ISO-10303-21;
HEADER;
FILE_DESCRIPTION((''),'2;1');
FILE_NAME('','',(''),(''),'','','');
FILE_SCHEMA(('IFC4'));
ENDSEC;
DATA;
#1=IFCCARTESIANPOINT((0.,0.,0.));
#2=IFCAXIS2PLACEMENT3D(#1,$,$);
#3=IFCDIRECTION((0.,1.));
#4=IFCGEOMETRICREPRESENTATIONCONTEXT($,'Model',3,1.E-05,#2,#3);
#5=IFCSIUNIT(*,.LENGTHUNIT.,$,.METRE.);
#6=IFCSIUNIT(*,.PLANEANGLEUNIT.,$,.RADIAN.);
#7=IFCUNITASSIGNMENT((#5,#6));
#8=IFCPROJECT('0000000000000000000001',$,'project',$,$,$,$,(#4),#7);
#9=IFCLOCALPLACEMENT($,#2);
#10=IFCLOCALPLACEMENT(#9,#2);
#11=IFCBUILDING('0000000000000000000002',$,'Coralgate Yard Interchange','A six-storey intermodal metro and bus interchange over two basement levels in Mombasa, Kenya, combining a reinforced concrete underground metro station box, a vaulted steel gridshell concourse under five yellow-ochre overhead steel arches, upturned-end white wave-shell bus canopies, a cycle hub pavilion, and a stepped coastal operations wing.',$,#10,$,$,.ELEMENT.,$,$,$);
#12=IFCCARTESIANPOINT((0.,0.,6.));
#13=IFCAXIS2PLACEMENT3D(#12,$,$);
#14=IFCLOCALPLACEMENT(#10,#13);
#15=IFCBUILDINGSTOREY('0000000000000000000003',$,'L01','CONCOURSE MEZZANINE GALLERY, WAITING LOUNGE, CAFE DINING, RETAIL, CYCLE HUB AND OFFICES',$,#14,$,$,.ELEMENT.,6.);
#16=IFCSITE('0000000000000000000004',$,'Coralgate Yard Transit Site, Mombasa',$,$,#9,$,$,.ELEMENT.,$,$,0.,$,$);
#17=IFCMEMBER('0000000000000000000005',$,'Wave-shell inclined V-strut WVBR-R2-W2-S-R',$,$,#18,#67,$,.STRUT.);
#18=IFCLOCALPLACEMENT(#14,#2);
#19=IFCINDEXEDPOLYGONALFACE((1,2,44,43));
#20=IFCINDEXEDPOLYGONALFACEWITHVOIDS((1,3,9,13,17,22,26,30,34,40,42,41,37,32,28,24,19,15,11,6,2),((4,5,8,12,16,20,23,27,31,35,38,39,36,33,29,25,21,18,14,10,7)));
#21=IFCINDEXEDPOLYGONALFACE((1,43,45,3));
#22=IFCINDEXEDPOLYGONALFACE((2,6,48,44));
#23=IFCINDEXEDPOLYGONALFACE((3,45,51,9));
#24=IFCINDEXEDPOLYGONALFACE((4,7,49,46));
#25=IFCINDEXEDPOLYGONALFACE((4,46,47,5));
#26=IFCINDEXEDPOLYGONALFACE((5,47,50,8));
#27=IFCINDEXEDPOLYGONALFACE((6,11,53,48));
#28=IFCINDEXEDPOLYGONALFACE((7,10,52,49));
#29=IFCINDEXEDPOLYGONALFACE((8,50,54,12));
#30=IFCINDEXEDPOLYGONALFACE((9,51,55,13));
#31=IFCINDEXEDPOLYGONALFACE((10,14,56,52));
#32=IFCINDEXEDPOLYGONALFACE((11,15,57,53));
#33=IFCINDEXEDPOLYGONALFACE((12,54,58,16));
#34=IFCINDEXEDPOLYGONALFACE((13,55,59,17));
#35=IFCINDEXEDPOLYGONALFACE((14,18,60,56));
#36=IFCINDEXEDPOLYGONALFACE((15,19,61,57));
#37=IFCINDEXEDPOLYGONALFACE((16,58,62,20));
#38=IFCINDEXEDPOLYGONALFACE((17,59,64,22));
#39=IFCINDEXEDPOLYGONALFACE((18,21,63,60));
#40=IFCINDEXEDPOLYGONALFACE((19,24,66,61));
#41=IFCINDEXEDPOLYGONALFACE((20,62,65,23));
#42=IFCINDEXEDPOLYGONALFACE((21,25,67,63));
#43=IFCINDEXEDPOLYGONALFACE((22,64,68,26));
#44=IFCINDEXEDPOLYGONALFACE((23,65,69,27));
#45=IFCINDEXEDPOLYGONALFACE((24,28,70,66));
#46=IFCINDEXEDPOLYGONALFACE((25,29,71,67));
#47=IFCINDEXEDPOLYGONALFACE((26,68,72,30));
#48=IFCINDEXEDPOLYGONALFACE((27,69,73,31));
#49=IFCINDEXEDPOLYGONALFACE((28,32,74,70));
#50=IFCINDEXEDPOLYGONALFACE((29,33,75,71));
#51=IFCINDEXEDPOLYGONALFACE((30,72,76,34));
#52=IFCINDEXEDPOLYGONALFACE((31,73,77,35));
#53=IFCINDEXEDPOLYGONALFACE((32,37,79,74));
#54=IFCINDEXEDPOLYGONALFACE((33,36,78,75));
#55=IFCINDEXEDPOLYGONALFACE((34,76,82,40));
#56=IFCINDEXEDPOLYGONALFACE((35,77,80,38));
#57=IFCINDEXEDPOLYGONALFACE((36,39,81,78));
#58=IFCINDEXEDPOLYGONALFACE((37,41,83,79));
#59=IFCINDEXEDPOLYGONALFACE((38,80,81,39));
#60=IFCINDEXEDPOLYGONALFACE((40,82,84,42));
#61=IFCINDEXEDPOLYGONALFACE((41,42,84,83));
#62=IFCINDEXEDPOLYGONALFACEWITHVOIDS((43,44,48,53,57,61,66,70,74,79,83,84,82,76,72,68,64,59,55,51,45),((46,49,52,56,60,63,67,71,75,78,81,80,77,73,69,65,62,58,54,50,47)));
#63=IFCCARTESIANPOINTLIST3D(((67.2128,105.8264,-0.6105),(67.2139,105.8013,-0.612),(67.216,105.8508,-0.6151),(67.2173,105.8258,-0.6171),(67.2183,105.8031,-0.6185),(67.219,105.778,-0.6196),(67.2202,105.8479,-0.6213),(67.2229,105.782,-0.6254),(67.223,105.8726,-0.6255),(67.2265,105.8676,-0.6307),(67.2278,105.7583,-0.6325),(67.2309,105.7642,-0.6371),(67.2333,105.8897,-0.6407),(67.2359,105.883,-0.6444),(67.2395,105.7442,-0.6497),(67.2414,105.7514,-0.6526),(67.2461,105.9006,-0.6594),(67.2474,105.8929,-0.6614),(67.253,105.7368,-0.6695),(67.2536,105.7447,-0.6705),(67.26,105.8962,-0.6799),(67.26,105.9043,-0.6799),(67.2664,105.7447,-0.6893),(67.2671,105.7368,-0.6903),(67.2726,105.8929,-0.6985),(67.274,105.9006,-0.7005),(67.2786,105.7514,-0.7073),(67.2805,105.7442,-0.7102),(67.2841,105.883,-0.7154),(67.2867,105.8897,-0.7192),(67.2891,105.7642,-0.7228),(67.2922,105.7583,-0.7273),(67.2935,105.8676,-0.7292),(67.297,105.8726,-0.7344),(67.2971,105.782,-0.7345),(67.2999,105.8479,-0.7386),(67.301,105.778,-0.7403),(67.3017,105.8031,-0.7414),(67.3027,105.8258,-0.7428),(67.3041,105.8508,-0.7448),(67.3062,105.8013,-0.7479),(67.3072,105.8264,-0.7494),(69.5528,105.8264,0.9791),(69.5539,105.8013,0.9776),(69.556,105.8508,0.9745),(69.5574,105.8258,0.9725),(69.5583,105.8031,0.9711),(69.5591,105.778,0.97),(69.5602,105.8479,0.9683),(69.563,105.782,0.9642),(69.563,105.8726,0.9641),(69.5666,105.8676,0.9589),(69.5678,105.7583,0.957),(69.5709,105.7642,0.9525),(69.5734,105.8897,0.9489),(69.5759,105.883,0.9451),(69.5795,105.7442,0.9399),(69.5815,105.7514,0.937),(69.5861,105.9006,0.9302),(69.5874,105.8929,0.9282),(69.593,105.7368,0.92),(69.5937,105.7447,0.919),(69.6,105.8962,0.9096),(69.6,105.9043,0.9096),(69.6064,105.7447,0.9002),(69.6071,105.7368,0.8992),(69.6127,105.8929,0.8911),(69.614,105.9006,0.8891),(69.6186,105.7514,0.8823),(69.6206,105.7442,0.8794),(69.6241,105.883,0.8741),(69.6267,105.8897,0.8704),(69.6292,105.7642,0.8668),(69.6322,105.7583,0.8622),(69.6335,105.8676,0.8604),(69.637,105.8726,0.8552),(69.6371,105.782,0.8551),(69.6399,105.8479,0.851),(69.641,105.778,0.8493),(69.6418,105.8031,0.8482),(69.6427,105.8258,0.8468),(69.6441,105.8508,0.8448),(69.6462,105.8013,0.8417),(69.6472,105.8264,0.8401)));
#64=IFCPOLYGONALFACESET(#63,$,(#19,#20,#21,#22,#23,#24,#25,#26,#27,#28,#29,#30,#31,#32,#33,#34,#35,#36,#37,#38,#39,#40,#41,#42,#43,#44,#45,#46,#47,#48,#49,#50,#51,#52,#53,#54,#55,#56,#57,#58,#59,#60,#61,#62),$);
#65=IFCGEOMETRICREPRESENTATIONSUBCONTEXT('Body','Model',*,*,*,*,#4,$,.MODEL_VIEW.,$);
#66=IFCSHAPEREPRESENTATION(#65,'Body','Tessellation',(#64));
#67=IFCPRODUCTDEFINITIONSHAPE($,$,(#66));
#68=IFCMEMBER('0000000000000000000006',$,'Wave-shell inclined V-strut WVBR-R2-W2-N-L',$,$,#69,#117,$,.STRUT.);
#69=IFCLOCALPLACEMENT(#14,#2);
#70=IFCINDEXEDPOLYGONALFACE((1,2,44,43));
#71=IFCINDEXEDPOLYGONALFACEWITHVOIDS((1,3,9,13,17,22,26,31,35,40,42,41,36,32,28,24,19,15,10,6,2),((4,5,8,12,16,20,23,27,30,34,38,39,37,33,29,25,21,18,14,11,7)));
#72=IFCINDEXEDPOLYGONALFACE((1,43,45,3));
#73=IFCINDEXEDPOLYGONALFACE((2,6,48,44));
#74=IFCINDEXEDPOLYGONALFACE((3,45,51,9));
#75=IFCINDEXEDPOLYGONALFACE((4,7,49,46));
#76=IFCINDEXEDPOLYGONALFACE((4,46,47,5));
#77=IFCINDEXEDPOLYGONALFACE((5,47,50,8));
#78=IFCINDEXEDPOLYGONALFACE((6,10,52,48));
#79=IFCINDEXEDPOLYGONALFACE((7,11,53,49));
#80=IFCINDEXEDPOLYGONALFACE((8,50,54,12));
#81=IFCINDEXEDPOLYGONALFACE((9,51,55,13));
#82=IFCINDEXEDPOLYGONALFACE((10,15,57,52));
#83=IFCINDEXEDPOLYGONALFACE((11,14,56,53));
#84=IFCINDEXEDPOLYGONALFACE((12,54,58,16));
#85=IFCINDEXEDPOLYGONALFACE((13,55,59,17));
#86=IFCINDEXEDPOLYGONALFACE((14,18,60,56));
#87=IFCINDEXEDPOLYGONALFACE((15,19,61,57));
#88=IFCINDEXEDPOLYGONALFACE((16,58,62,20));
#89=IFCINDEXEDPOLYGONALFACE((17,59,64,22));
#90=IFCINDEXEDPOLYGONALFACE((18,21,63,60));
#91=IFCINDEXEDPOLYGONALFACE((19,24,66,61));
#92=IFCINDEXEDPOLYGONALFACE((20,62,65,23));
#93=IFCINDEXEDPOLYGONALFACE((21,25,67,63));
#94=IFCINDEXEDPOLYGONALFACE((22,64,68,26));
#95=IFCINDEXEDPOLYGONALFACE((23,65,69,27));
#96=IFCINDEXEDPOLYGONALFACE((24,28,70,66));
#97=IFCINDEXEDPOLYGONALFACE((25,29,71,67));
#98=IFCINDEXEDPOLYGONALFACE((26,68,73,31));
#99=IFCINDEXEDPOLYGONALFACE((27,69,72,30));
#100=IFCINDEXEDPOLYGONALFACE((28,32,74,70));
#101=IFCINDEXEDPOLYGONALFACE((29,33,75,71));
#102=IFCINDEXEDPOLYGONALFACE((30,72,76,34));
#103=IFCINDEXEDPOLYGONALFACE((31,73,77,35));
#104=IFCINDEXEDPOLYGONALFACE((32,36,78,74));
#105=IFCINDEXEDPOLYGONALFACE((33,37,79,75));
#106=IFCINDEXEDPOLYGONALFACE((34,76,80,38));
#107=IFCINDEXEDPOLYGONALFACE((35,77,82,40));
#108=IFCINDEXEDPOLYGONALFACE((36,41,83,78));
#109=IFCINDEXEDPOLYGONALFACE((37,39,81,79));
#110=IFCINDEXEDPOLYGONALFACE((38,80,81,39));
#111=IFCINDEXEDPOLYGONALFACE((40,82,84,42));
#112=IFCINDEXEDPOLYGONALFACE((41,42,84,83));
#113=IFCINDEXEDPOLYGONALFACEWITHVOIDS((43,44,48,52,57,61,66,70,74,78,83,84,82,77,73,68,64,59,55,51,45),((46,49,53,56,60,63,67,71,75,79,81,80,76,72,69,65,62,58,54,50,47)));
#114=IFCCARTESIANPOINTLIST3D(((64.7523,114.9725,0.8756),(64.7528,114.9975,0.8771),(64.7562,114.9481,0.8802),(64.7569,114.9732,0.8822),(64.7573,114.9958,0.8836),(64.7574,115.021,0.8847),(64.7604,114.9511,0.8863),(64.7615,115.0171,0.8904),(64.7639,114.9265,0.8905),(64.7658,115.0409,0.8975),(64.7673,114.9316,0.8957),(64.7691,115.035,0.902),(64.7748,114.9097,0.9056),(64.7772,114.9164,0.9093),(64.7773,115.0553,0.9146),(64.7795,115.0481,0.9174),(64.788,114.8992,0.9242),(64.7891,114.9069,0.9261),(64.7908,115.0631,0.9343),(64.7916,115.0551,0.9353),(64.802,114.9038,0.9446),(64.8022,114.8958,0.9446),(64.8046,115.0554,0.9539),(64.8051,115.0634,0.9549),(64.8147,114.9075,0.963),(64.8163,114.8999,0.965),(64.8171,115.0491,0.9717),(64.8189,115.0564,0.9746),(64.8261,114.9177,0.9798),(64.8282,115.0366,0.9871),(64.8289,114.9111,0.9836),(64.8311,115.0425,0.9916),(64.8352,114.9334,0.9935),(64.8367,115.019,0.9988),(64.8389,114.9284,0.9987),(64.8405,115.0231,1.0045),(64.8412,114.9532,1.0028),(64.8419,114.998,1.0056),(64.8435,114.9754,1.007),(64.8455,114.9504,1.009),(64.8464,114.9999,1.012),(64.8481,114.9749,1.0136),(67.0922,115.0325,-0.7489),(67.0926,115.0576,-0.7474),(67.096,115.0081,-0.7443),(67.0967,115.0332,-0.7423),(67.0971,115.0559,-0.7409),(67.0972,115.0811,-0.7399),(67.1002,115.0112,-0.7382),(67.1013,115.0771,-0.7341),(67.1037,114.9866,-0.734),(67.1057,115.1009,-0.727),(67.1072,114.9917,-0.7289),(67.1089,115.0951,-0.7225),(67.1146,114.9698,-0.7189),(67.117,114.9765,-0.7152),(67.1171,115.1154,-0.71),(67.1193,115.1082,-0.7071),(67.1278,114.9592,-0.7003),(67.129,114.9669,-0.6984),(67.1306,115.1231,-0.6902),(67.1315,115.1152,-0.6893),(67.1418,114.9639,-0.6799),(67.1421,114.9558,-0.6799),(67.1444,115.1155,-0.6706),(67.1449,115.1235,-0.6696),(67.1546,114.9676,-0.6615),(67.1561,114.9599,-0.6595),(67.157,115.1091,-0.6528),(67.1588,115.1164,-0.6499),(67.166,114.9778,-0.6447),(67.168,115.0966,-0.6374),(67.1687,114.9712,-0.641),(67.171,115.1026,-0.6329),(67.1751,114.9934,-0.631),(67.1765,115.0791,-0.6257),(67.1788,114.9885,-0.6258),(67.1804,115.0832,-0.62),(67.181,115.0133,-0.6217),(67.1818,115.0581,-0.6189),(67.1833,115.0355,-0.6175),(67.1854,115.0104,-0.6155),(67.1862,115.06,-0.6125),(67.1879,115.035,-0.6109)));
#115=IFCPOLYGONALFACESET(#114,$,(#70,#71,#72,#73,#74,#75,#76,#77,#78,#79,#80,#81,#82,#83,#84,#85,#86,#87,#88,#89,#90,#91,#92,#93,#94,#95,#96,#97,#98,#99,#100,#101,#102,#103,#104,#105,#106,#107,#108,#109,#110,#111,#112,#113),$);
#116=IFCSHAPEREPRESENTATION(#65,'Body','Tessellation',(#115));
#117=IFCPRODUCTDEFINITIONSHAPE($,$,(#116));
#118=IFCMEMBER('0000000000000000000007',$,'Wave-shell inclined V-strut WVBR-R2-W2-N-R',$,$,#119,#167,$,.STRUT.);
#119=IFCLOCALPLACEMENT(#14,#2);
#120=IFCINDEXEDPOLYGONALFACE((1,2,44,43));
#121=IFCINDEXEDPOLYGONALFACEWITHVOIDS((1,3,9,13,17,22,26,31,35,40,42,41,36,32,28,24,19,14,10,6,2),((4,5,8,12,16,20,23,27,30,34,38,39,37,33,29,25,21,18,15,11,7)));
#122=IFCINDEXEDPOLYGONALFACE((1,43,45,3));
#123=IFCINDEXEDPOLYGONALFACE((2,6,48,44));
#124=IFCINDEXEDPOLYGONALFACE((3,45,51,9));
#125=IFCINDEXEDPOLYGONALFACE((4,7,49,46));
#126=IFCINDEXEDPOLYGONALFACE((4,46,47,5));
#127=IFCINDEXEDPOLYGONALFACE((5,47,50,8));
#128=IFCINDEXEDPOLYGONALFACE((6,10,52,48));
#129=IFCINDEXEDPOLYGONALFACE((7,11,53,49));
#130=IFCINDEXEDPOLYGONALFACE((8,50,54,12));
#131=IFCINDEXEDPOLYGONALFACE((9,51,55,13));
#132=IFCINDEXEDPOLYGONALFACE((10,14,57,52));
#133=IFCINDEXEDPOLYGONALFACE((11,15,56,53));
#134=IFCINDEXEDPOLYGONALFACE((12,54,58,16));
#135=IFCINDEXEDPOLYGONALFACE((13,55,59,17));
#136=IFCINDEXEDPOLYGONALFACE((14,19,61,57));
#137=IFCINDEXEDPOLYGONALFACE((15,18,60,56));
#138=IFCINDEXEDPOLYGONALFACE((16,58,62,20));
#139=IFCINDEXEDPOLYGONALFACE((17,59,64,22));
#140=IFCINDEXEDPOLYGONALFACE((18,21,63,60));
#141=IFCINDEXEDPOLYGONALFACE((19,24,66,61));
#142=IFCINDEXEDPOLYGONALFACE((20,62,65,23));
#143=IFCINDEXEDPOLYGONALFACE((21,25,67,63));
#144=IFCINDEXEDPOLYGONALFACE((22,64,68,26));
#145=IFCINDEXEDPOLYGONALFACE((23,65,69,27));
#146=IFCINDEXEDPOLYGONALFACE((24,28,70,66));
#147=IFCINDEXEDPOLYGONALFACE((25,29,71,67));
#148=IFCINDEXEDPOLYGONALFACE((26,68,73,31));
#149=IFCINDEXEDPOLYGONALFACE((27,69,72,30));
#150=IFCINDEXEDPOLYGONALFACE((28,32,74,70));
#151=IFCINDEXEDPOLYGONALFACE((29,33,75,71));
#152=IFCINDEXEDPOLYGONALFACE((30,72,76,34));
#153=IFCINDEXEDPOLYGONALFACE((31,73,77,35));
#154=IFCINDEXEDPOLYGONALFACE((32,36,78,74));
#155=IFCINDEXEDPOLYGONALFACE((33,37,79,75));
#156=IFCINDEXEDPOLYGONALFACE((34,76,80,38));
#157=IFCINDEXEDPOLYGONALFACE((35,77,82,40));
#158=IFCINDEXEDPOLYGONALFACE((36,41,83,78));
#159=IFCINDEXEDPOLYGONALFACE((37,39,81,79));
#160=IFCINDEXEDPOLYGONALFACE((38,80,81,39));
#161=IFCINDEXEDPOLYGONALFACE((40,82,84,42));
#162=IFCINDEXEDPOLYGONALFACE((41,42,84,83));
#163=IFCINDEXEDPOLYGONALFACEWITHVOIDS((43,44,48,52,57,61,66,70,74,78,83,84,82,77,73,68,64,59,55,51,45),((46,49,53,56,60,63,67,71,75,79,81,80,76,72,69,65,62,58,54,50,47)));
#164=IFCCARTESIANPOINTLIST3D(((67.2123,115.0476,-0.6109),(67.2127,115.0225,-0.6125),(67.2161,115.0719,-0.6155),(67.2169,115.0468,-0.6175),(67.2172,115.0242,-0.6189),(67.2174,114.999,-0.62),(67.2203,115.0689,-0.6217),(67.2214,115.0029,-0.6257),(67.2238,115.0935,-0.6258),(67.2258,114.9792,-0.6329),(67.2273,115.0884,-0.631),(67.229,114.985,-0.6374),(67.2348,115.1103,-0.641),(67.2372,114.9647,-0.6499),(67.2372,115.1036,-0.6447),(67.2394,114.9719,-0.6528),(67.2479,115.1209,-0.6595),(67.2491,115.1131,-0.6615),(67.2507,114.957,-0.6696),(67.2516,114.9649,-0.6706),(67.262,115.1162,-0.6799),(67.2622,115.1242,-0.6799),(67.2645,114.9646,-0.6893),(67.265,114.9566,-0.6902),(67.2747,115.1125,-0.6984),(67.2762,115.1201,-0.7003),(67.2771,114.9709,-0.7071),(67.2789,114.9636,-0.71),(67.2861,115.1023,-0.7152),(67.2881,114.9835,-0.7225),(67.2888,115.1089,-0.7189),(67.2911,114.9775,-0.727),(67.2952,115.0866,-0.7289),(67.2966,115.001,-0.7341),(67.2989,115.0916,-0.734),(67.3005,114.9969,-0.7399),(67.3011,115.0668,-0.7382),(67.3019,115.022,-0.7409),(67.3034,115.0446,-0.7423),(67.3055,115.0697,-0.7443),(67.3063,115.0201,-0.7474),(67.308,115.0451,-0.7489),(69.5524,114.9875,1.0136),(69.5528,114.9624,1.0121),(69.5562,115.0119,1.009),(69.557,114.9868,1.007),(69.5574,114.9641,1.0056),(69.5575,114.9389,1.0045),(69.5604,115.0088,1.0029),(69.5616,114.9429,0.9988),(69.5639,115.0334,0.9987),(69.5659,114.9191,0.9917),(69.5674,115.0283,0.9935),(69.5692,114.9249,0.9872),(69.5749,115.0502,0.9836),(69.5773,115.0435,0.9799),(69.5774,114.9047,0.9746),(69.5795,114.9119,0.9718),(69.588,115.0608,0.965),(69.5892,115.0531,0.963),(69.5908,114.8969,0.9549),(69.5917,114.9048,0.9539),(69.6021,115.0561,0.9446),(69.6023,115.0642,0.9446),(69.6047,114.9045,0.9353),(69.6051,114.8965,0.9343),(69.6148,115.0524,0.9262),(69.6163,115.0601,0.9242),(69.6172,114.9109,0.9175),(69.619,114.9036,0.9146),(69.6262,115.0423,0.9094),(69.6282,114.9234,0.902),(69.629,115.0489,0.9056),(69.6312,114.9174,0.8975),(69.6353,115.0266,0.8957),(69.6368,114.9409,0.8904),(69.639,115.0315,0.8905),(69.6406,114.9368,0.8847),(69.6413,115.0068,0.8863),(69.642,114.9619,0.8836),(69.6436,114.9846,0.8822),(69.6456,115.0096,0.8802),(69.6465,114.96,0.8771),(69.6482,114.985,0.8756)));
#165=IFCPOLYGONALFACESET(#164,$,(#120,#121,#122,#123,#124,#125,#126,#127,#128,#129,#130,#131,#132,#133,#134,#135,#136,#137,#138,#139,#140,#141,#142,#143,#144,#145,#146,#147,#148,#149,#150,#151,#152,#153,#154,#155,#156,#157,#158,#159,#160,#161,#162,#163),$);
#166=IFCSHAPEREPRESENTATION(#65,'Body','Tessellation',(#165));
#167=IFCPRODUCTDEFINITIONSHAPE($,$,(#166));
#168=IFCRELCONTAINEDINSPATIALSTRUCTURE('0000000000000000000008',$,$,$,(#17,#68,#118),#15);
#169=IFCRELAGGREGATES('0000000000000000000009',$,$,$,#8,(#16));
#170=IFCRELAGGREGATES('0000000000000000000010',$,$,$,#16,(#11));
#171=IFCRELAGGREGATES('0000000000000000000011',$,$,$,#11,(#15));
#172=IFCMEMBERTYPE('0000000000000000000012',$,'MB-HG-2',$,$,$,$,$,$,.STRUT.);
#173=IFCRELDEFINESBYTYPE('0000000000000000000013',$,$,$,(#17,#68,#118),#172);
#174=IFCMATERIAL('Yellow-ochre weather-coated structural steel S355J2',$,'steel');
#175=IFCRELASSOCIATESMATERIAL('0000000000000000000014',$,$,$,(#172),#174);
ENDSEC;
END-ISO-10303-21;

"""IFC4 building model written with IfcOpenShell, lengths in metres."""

from ifc_helpers import new_model, si_unit, direction, frame, origin, origin_2d, place, context, subcontext, project, spatial, hollow_circle, extrude, material, material_profile, profile_set, type_object, element, save


model = new_model("IFC4")

# Units and contexts
model_context = context("Model", 3, precision=1e-05, world=origin(), true_north=direction((0.0, 1.0)))
body_context = subcontext(model_context, "Body", "Model", "MODEL_VIEW")
ifc_project = project(units=[si_unit("LENGTHUNIT", "METRE"), si_unit("PLANEANGLEUNIT", "RADIAN")], contexts=[model_context])

# Site, building, storey
site_placement = place(None, origin())
site = spatial("IfcSite", under=ifc_project, at=site_placement, Name="Coralgate Yard Transit Site, Mombasa", CompositionType="ELEMENT", RefElevation=0.0)
building_placement = place(site_placement, origin())
building = spatial("IfcBuilding", under=site, at=building_placement, Name="Coralgate Yard Interchange", Description="A six-storey intermodal metro and bus interchange over two basement levels in Mombasa, Kenya, combining a reinforced concrete underground metro station box, a vaulted steel gridshell concourse under five yellow-ochre overhead steel arches, upturned-end white wave-shell bus canopies, a cycle hub pavilion, and a stepped coastal operations wing.", CompositionType="ELEMENT")
storey_placement = place(building_placement, frame((0.0, 0.0, 6.0)))
storey = spatial("IfcBuildingStorey", under=building, at=storey_placement, Name="L01", Description="CONCOURSE MEZZANINE GALLERY, WAITING LOUNGE, CAFE DINING, RETAIL, CYCLE HUB AND OFFICES", CompositionType="ELEMENT", Elevation=6.0)

# Members
ifc_material_1 = material(Name="Yellow-ochre weather-coated structural steel S355J2", Category="steel")
ifc_material_profile_1 = material_profile(ifc_material_1, hollow_circle(Radius=0.0842, WallThickness=0.0081, at=origin_2d()), Name="CHS 168.3x8")
ifc_profile_set_1 = profile_set([ifc_material_profile_1], Name="Yellow-ochre weather-coated structural steel S355J2")
member_type_1 = type_object("IfcMemberType", Name="MB-HG-2", PredefinedType="STRUT", material=ifc_profile_set_1)
member_1_placement = place(storey_placement, frame((67.26, 105.8201, -0.6799), z_axis=(0.827199, 0.0, 0.561909), x_axis=(0.0, 1.0, 0.0)))
element("IfcMember", 1, at=member_1_placement, inside=storey, type_object=member_type_1, Name="Wave-shell inclined V-strut WVBR-R2-W2-S-R", PredefinedType="STRUT", context=body_context, shape_type="SweptSolid", body=[
    extrude(hollow_circle(Radius=0.0842, WallThickness=0.0081, at=origin_2d()), origin(), (0.0, 0.0, 1.0), 2.8289),
])
member_2_placement = place(storey_placement, frame((67.1399, 115.04, -0.6799), z_axis=(-0.82125, -0.02108, 0.570179), x_axis=(0.025659, -0.999671, 0.0)))
element("IfcMember", 2, at=member_2_placement, inside=storey, type_object=member_type_1, Name="Wave-shell inclined V-strut WVBR-R2-W2-N-L", PredefinedType="STRUT", context=body_context, shape_type="SweptSolid", body=[
    extrude(hollow_circle(Radius=0.0842, WallThickness=0.0081, at=origin_2d()), origin(), (0.0, 0.0, 1.0), 2.8491),
])
member_3_placement = place(storey_placement, frame((67.26, 115.04, -0.6799), z_axis=(0.821278, -0.021078, 0.570139), x_axis=(0.025657, 0.999671, 0.0)))
element("IfcMember", 3, at=member_3_placement, inside=storey, type_object=member_type_1, Name="Wave-shell inclined V-strut WVBR-R2-W2-N-R", PredefinedType="STRUT", context=body_context, shape_type="SweptSolid", body=[
    extrude(hollow_circle(Radius=0.0842, WallThickness=0.0081, at=origin_2d()), origin(), (0.0, 0.0, 1.0), 2.8494),
])

save(model, "model.ifc")
